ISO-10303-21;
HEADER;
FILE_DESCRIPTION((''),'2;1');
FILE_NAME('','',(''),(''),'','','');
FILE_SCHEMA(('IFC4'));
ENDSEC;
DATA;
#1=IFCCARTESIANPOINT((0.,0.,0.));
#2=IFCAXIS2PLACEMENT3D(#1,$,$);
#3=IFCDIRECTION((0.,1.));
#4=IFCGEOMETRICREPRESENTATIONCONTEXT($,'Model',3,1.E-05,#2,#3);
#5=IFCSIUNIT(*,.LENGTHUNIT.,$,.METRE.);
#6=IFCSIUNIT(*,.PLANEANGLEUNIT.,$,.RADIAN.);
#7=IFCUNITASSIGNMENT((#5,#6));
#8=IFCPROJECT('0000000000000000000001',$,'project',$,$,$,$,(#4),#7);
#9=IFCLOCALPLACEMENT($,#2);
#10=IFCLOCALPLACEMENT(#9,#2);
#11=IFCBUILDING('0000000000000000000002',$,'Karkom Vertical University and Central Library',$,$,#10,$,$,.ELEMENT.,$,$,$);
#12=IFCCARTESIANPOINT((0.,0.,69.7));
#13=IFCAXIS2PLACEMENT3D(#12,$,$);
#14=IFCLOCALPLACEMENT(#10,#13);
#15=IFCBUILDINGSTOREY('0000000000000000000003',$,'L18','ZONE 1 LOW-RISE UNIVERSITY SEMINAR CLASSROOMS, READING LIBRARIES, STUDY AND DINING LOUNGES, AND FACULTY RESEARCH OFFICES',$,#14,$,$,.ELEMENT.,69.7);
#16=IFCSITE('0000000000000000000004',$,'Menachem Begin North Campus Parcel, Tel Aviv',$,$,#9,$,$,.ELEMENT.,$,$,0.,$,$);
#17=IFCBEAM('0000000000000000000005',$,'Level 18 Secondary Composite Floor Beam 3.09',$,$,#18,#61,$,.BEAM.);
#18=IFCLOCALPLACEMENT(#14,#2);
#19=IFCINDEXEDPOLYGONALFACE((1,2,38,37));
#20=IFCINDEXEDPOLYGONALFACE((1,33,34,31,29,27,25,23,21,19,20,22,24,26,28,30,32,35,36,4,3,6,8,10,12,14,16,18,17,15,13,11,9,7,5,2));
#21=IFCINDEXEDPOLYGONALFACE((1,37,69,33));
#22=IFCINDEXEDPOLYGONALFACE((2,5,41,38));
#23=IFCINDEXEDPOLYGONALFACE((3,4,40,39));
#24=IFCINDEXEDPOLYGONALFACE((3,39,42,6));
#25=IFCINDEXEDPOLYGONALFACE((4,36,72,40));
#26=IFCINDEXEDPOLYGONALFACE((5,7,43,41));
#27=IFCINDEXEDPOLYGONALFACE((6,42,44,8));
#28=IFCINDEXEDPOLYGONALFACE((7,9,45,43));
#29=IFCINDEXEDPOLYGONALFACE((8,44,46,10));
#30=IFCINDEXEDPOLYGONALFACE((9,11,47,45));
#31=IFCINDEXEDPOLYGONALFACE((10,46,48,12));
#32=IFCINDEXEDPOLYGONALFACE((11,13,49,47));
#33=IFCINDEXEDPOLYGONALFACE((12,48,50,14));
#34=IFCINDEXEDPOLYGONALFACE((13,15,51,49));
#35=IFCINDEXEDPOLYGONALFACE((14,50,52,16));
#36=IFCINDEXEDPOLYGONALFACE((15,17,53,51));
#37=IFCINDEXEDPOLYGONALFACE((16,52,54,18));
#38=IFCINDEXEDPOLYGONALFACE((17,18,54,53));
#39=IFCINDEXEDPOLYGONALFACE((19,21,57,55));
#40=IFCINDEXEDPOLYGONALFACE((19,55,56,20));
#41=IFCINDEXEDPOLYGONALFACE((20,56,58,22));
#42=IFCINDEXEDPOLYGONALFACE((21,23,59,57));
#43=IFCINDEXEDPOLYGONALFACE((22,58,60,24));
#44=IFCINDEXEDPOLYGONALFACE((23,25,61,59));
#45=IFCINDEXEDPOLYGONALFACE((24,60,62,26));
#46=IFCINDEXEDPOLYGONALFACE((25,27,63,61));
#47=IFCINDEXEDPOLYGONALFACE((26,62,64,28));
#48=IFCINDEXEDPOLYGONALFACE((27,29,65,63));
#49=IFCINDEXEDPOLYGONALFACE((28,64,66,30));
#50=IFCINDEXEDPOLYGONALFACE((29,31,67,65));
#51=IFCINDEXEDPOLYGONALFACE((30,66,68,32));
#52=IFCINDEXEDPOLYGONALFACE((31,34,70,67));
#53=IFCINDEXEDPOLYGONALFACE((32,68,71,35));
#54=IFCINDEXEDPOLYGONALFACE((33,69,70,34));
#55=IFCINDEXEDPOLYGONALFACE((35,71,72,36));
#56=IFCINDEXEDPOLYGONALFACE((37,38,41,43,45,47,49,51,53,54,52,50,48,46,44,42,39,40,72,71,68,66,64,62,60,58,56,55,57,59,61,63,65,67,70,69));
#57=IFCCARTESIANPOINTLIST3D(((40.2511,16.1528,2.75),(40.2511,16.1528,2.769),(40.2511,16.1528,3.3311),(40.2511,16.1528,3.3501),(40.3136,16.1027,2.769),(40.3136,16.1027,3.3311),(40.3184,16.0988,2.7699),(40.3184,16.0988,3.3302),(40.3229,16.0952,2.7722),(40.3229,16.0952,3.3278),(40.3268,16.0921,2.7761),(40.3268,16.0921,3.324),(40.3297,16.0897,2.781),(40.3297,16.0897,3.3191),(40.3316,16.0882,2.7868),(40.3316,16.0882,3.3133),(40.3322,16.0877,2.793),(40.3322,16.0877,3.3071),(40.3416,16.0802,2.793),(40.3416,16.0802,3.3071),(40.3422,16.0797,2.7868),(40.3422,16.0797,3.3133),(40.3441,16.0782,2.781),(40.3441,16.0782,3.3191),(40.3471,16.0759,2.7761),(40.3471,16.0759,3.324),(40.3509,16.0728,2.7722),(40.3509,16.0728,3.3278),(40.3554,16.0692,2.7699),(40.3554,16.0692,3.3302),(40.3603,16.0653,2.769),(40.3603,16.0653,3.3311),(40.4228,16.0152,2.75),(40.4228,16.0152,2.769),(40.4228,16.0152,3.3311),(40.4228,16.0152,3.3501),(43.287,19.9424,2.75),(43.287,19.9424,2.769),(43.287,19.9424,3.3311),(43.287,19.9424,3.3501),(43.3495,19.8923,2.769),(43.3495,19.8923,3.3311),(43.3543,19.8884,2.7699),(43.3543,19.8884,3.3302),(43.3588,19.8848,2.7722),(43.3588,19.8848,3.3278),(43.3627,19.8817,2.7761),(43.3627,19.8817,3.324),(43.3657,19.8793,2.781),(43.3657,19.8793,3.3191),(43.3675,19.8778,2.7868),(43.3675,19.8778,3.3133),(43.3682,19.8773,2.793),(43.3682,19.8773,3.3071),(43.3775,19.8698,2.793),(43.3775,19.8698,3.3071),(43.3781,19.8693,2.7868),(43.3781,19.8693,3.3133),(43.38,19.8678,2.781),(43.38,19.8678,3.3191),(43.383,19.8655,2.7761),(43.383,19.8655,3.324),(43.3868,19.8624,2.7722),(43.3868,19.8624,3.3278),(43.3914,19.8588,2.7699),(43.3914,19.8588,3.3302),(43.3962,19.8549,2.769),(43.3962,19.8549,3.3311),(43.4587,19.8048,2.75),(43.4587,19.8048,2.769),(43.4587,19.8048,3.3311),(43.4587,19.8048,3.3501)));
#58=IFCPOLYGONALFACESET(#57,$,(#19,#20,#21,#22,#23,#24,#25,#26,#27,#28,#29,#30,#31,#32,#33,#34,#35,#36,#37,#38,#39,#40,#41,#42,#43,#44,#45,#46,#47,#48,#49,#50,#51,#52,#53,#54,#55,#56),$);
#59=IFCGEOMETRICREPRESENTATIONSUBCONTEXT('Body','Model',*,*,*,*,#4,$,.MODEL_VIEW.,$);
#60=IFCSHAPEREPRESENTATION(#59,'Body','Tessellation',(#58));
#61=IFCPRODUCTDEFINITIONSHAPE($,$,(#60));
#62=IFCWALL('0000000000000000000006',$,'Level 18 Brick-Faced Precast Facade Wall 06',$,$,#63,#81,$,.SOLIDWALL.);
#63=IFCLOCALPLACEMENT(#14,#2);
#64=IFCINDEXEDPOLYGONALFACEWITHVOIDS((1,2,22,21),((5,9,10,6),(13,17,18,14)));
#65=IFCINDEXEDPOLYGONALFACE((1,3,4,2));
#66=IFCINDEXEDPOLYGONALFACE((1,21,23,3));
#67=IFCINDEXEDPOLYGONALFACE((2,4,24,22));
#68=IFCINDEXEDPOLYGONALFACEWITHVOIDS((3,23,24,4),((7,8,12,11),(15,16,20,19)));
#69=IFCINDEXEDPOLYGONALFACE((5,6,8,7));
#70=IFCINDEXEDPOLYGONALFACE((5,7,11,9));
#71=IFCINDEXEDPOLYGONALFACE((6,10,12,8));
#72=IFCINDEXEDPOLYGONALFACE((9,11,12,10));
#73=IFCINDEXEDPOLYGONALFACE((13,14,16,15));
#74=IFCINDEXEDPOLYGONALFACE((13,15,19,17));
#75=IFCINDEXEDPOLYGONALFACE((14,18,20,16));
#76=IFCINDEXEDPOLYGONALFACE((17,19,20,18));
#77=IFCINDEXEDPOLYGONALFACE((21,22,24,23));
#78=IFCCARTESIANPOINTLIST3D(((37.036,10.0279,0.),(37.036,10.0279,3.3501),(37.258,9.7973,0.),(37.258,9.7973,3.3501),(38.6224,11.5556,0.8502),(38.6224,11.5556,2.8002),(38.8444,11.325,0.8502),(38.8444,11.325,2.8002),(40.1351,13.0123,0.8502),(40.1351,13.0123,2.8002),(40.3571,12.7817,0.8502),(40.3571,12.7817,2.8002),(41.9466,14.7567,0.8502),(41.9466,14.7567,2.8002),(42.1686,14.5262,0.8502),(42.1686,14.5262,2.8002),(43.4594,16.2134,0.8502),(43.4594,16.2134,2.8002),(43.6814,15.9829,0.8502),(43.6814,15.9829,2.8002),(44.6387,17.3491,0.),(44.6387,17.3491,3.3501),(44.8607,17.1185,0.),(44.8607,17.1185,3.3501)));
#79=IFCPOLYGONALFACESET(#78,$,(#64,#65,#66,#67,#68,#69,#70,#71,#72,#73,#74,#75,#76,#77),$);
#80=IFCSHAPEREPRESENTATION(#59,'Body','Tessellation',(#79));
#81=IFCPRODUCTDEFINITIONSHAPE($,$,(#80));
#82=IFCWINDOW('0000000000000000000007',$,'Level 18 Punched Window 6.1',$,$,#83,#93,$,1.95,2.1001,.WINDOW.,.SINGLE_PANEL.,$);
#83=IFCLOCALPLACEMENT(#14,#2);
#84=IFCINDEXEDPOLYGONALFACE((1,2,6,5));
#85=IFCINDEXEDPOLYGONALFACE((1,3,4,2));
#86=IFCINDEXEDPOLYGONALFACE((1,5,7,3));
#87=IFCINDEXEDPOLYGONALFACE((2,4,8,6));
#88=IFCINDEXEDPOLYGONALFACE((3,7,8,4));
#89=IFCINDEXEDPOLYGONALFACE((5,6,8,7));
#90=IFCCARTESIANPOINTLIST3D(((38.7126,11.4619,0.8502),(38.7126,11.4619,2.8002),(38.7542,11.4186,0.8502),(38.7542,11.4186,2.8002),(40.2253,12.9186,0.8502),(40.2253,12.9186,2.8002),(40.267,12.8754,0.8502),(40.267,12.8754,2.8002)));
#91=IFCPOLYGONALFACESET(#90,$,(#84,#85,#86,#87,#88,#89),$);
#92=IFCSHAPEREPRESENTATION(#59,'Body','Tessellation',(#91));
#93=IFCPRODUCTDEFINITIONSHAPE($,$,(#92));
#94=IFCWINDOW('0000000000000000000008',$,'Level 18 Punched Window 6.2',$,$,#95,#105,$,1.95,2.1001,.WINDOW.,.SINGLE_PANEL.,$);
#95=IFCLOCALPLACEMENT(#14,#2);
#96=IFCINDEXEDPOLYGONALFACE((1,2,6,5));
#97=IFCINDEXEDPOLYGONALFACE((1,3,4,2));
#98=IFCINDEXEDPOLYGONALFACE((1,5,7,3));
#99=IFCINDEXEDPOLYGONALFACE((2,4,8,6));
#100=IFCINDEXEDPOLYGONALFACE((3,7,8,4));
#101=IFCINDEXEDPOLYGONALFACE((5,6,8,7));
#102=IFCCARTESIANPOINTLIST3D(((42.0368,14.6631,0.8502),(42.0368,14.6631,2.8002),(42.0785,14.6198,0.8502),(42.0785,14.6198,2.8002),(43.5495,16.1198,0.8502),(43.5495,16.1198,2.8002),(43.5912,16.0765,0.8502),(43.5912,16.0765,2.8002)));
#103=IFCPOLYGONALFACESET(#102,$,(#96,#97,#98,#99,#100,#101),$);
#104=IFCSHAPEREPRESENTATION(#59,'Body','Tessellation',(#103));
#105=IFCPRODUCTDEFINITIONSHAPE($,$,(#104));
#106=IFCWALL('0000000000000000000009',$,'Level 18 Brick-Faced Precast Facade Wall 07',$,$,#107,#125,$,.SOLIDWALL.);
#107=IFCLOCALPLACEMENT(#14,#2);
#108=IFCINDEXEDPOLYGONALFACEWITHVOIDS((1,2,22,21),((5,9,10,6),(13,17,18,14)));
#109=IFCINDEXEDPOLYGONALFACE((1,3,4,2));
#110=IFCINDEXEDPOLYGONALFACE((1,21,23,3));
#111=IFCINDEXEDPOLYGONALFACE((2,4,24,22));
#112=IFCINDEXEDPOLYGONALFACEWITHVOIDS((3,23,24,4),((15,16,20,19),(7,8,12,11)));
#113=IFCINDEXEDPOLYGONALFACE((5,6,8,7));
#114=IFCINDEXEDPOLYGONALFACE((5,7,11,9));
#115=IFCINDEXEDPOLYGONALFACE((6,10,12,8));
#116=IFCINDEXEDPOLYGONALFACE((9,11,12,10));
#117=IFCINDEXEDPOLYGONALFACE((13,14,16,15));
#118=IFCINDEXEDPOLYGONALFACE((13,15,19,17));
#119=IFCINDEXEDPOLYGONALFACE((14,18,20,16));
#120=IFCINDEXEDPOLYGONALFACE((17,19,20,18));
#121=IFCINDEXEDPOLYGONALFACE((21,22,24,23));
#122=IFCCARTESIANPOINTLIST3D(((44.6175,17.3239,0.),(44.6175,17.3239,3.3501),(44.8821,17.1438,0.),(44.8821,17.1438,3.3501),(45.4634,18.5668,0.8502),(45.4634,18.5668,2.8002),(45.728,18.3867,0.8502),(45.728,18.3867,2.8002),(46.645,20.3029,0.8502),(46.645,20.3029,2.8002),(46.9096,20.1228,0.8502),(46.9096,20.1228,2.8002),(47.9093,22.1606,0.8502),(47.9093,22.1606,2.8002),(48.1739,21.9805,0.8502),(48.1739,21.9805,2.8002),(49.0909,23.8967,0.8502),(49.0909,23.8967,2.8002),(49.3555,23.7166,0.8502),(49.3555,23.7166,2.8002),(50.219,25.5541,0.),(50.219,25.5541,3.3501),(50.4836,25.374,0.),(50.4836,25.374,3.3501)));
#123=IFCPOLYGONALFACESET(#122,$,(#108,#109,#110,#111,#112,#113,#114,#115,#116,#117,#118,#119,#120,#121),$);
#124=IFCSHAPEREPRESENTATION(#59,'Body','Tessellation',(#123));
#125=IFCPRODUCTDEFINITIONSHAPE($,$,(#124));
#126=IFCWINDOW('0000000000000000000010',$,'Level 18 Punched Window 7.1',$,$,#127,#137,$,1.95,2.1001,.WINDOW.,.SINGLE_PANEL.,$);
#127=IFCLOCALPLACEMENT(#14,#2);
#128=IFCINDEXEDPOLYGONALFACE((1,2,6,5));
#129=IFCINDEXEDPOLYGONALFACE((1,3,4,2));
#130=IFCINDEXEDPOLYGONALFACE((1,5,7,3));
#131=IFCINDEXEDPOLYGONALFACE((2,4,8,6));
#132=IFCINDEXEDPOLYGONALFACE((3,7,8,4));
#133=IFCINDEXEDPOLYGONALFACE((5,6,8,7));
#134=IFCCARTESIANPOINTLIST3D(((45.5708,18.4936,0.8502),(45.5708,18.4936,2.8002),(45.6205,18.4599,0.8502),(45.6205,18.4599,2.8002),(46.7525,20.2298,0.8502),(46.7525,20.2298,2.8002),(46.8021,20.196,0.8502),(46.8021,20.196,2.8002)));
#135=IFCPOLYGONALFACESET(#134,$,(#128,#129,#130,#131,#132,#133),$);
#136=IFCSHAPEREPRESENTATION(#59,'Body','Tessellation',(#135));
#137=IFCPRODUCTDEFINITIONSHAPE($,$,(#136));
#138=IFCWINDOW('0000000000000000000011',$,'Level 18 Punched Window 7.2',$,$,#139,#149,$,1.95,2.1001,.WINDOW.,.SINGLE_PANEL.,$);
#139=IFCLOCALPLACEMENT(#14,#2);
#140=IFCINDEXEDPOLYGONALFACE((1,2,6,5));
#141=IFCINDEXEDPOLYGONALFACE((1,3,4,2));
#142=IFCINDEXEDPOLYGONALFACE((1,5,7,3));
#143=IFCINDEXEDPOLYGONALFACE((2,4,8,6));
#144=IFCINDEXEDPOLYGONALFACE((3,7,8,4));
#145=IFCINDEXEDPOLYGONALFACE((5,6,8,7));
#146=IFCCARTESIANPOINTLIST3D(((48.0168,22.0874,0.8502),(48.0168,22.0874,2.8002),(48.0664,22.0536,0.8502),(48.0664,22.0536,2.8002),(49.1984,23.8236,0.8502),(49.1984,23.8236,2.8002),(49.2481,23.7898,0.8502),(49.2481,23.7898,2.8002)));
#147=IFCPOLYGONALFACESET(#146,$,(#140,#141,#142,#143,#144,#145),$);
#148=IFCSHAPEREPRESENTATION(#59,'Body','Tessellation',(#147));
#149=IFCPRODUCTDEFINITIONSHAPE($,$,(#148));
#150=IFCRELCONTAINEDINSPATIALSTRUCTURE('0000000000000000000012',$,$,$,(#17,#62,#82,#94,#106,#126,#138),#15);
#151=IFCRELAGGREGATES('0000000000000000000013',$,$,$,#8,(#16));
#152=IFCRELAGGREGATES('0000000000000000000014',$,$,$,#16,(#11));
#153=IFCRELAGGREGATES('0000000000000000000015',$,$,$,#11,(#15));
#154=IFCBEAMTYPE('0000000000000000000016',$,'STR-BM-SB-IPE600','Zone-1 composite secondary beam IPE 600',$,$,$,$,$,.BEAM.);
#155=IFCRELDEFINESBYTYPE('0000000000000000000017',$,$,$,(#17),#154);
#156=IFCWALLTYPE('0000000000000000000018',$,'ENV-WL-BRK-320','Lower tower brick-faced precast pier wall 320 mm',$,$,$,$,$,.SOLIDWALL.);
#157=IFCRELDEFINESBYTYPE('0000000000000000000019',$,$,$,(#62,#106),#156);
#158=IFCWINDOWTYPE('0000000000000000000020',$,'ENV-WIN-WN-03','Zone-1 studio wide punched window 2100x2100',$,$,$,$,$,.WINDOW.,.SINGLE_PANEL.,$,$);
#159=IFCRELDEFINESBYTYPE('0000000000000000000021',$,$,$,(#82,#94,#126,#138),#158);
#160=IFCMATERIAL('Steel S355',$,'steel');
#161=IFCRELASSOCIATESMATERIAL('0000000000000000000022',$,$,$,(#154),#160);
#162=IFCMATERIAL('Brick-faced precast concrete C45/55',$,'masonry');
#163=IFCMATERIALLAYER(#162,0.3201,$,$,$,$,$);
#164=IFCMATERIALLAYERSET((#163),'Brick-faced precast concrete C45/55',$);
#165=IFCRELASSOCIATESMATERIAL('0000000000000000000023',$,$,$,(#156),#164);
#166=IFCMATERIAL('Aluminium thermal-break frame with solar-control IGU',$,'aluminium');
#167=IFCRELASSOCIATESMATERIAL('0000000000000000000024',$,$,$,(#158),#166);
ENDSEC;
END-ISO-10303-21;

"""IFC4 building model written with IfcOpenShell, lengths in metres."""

from ifc_helpers import new_model, si_unit, direction, frame, frame_2d, origin, origin_with_axes, origin_2d, place, context, subcontext, project, spatial, rectangle, i_section, extrude, source, transform, mapped, material, layer, layer_set, material_profile, profile_set, type_object, element, fill, save


model = new_model("IFC4")

# Units and contexts
model_context = context("Model", 3, precision=1e-05, world=origin(), true_north=direction((0.0, 1.0)))
body_context = subcontext(model_context, "Body", "Model", "MODEL_VIEW")
ifc_project = project(units=[si_unit("LENGTHUNIT", "METRE"), si_unit("PLANEANGLEUNIT", "RADIAN")], contexts=[model_context])

# Site, building, storey
site_placement = place(None, origin())
site = spatial("IfcSite", under=ifc_project, at=site_placement, Name="Menachem Begin North Campus Parcel, Tel Aviv", CompositionType="ELEMENT", RefElevation=0.0)
building_placement = place(site_placement, origin())
building = spatial("IfcBuilding", under=site, at=building_placement, Name="Karkom Vertical University and Central Library", CompositionType="ELEMENT")
storey_placement = place(building_placement, frame((0.0, 0.0, 69.7)))
storey = spatial("IfcBuildingStorey", under=building, at=storey_placement, Name="L18", Description="ZONE 1 LOW-RISE UNIVERSITY SEMINAR CLASSROOMS, READING LIBRARIES, STUDY AND DINING LOUNGES, AND FACULTY RESEARCH OFFICES", CompositionType="ELEMENT", Elevation=69.7)

# Beam
ifc_material_1 = material(Name="Steel S355", Category="steel")
ifc_material_profile_1 = material_profile(ifc_material_1, i_section(OverallWidth=0.22, OverallDepth=0.6001, WebThickness=0.012, FlangeThickness=0.019, FilletRadius=0.0239, at=origin_2d()), Name="IPE 600")
ifc_profile_set_1 = profile_set([ifc_material_profile_1], Name="Steel S355")
beam_type_1 = type_object("IfcBeamType", Name="STR-BM-SB-IPE600", Description="Zone-1 composite secondary beam IPE 600", PredefinedType="BEAM", material=ifc_profile_set_1)
shared_shape_1 = source(origin_with_axes(), body_context, "Body", "SweptSolid", [
    extrude(i_section(OverallWidth=0.22, OverallDepth=0.6001, WebThickness=0.012, FlangeThickness=0.019, FilletRadius=0.0239, at=origin_2d()), origin(), (0.0, 0.0, 1.0), 4.8557),
])
beam_1_placement = place(storey_placement, frame((40.3369, 16.084, 3.05), z_axis=(0.625228, 0.780442, 0.0), x_axis=(-0.780442, 0.625228, 0.0)))
element("IfcBeam", 1, at=beam_1_placement, inside=storey, type_object=beam_type_1, Name="Level 18 Secondary Composite Floor Beam 3.09", PredefinedType="BEAM", context=body_context, shape_type="MappedRepresentation", body=[
    mapped(shared_shape_1, transform((0.0, 0.0, 0.0), scale=1.0)),
])

# Walls, openings, windows
ifc_material_2 = material(Name="Brick-faced precast concrete C45/55", Category="masonry")
ifc_layer_1 = layer(ifc_material_2, 0.3201)
ifc_layer_set_1 = layer_set([ifc_layer_1], Name="Brick-faced precast concrete C45/55")
wall_type_1 = type_object("IfcWallType", Name="ENV-WL-BRK-320", Description="Lower tower brick-faced precast pier wall 320 mm", PredefinedType="SOLIDWALL", material=ifc_layer_set_1)
wall_1_placement = place(storey_placement, frame((37.147, 9.9126, 0.0), z_axis=(0.0, 0.0, 1.0), x_axis=(0.720316, 0.693646, 0.0)))
wall_1 = element("IfcWall", 2, at=wall_1_placement, inside=storey, type_object=wall_type_1, Name="Level 18 Brick-Faced Precast Facade Wall 06", PredefinedType="SOLIDWALL", context=body_context, shape_type="SweptSolid", body=[
    extrude(rectangle(XDim=10.5547, YDim=0.3201, at=frame_2d((5.2773, 0.0))), origin(), (0.0, 0.0, 1.0), 3.3501),
])
opening_1_placement = place(wall_1_placement, frame((2.2024, 0.0, 0.8501)))
opening_1 = element("IfcOpeningElement", 3, at=opening_1_placement, cuts=wall_1, PredefinedType="OPENING", context=body_context, shape_type="SweptSolid", body=[
    extrude(rectangle(XDim=2.1001, YDim=1.95, at=frame_2d((1.05, 0.9751))), frame((0.0, 0.1699, 0.0), z_axis=(0.0, -1.0, 0.0), x_axis=(1.0, 0.0, 0.0)), (0.0, 0.0, 1.0), 0.3401),
])
opening_2_placement = place(wall_1_placement, frame((6.8174, 0.0, 0.8501)))
opening_2 = element("IfcOpeningElement", 4, at=opening_2_placement, cuts=wall_1, PredefinedType="OPENING", context=body_context, shape_type="SweptSolid", body=[
    extrude(rectangle(XDim=2.1001, YDim=1.95, at=frame_2d((1.05, 0.9751))), frame((0.0, 0.1699, 0.0), z_axis=(0.0, -1.0, 0.0), x_axis=(1.0, 0.0, 0.0)), (0.0, 0.0, 1.0), 0.3401),
])
ifc_material_3 = material(Name="Aluminium thermal-break frame with solar-control IGU", Category="aluminium")
window_type = type_object("IfcWindowType", Name="ENV-WIN-WN-03", Description="Zone-1 studio wide punched window 2100x2100", PartitioningType="SINGLE_PANEL", PredefinedType="WINDOW", material=ifc_material_3)
shared_shape_2 = source(origin_with_axes(), body_context, "Body", "SweptSolid", [
    extrude(rectangle(XDim=2.1001, YDim=1.95, at=frame_2d((1.05, 0.9751))), frame((0.0, 0.03, 0.0), z_axis=(0.0, -1.0, 0.0), x_axis=(1.0, 0.0, 0.0)), (0.0, 0.0, 1.0), 0.0601),
])
window_1_placement = place(opening_1_placement, origin())
window_1 = element("IfcWindow", 5, at=window_1_placement, inside=storey, type_object=window_type, Name="Level 18 Punched Window 6.1", OverallHeight=1.95, OverallWidth=2.1001, PartitioningType="SINGLE_PANEL", PredefinedType="WINDOW", context=body_context, shape_type="MappedRepresentation", body=[
    mapped(shared_shape_2, transform((0.0, 0.0, 0.0), scale=1.0)),
])
fill(opening_1, window_1)
window_2_placement = place(opening_2_placement, origin())
window_2 = element("IfcWindow", 6, at=window_2_placement, inside=storey, type_object=window_type, Name="Level 18 Punched Window 6.2", OverallHeight=1.95, OverallWidth=2.1001, PartitioningType="SINGLE_PANEL", PredefinedType="WINDOW", context=body_context, shape_type="MappedRepresentation", body=[
    mapped(shared_shape_2, transform((0.0, 0.0, 0.0), scale=1.0)),
])
fill(opening_2, window_2)
wall_2_placement = place(storey_placement, frame((44.7498, 17.2339, 0.0), z_axis=(0.0, 0.0, 1.0), x_axis=(0.562654, 0.826692, 0.0)))
wall_2 = element("IfcWall", 7, at=wall_2_placement, inside=storey, type_object=wall_type_1, Name="Level 18 Brick-Faced Precast Facade Wall 07", PredefinedType="SOLIDWALL", context=body_context, shape_type="SweptSolid", body=[
    extrude(rectangle(XDim=9.9556, YDim=0.3201, at=frame_2d((4.9778, 0.0))), origin(), (0.0, 0.0, 1.0), 3.3501),
])
opening_3_placement = place(wall_2_placement, frame((1.5034, 0.0, 0.8501)))
opening_3 = element("IfcOpeningElement", 8, at=opening_3_placement, cuts=wall_2, PredefinedType="OPENING", context=body_context, shape_type="SweptSolid", body=[
    extrude(rectangle(XDim=2.1001, YDim=1.95, at=frame_2d((1.05, 0.9751))), frame((0.0, 0.1699, 0.0), z_axis=(0.0, -1.0, 0.0), x_axis=(1.0, 0.0, 0.0)), (0.0, 0.0, 1.0), 0.3401),
])
opening_4_placement = place(wall_2_placement, frame((5.8506, 0.0, 0.8501)))
opening_4 = element("IfcOpeningElement", 9, at=opening_4_placement, cuts=wall_2, PredefinedType="OPENING", context=body_context, shape_type="SweptSolid", body=[
    extrude(rectangle(XDim=2.1001, YDim=1.95, at=frame_2d((1.05, 0.9751))), frame((0.0, 0.1699, 0.0), z_axis=(0.0, -1.0, 0.0), x_axis=(1.0, 0.0, 0.0)), (0.0, 0.0, 1.0), 0.3401),
])
window_3_placement = place(opening_3_placement, origin())
window_3 = element("IfcWindow", 10, at=window_3_placement, inside=storey, type_object=window_type, Name="Level 18 Punched Window 7.1", OverallHeight=1.95, OverallWidth=2.1001, PartitioningType="SINGLE_PANEL", PredefinedType="WINDOW", context=body_context, shape_type="MappedRepresentation", body=[
    mapped(shared_shape_2, transform((0.0, 0.0, 0.0), scale=1.0)),
])
fill(opening_3, window_3)
window_4_placement = place(opening_4_placement, origin())
window_4 = element("IfcWindow", 11, at=window_4_placement, inside=storey, type_object=window_type, Name="Level 18 Punched Window 7.2", OverallHeight=1.95, OverallWidth=2.1001, PartitioningType="SINGLE_PANEL", PredefinedType="WINDOW", context=body_context, shape_type="MappedRepresentation", body=[
    mapped(shared_shape_2, transform((0.0, 0.0, 0.0), scale=1.0)),
])
fill(opening_4, window_4)

save(model, "model.ifc")
